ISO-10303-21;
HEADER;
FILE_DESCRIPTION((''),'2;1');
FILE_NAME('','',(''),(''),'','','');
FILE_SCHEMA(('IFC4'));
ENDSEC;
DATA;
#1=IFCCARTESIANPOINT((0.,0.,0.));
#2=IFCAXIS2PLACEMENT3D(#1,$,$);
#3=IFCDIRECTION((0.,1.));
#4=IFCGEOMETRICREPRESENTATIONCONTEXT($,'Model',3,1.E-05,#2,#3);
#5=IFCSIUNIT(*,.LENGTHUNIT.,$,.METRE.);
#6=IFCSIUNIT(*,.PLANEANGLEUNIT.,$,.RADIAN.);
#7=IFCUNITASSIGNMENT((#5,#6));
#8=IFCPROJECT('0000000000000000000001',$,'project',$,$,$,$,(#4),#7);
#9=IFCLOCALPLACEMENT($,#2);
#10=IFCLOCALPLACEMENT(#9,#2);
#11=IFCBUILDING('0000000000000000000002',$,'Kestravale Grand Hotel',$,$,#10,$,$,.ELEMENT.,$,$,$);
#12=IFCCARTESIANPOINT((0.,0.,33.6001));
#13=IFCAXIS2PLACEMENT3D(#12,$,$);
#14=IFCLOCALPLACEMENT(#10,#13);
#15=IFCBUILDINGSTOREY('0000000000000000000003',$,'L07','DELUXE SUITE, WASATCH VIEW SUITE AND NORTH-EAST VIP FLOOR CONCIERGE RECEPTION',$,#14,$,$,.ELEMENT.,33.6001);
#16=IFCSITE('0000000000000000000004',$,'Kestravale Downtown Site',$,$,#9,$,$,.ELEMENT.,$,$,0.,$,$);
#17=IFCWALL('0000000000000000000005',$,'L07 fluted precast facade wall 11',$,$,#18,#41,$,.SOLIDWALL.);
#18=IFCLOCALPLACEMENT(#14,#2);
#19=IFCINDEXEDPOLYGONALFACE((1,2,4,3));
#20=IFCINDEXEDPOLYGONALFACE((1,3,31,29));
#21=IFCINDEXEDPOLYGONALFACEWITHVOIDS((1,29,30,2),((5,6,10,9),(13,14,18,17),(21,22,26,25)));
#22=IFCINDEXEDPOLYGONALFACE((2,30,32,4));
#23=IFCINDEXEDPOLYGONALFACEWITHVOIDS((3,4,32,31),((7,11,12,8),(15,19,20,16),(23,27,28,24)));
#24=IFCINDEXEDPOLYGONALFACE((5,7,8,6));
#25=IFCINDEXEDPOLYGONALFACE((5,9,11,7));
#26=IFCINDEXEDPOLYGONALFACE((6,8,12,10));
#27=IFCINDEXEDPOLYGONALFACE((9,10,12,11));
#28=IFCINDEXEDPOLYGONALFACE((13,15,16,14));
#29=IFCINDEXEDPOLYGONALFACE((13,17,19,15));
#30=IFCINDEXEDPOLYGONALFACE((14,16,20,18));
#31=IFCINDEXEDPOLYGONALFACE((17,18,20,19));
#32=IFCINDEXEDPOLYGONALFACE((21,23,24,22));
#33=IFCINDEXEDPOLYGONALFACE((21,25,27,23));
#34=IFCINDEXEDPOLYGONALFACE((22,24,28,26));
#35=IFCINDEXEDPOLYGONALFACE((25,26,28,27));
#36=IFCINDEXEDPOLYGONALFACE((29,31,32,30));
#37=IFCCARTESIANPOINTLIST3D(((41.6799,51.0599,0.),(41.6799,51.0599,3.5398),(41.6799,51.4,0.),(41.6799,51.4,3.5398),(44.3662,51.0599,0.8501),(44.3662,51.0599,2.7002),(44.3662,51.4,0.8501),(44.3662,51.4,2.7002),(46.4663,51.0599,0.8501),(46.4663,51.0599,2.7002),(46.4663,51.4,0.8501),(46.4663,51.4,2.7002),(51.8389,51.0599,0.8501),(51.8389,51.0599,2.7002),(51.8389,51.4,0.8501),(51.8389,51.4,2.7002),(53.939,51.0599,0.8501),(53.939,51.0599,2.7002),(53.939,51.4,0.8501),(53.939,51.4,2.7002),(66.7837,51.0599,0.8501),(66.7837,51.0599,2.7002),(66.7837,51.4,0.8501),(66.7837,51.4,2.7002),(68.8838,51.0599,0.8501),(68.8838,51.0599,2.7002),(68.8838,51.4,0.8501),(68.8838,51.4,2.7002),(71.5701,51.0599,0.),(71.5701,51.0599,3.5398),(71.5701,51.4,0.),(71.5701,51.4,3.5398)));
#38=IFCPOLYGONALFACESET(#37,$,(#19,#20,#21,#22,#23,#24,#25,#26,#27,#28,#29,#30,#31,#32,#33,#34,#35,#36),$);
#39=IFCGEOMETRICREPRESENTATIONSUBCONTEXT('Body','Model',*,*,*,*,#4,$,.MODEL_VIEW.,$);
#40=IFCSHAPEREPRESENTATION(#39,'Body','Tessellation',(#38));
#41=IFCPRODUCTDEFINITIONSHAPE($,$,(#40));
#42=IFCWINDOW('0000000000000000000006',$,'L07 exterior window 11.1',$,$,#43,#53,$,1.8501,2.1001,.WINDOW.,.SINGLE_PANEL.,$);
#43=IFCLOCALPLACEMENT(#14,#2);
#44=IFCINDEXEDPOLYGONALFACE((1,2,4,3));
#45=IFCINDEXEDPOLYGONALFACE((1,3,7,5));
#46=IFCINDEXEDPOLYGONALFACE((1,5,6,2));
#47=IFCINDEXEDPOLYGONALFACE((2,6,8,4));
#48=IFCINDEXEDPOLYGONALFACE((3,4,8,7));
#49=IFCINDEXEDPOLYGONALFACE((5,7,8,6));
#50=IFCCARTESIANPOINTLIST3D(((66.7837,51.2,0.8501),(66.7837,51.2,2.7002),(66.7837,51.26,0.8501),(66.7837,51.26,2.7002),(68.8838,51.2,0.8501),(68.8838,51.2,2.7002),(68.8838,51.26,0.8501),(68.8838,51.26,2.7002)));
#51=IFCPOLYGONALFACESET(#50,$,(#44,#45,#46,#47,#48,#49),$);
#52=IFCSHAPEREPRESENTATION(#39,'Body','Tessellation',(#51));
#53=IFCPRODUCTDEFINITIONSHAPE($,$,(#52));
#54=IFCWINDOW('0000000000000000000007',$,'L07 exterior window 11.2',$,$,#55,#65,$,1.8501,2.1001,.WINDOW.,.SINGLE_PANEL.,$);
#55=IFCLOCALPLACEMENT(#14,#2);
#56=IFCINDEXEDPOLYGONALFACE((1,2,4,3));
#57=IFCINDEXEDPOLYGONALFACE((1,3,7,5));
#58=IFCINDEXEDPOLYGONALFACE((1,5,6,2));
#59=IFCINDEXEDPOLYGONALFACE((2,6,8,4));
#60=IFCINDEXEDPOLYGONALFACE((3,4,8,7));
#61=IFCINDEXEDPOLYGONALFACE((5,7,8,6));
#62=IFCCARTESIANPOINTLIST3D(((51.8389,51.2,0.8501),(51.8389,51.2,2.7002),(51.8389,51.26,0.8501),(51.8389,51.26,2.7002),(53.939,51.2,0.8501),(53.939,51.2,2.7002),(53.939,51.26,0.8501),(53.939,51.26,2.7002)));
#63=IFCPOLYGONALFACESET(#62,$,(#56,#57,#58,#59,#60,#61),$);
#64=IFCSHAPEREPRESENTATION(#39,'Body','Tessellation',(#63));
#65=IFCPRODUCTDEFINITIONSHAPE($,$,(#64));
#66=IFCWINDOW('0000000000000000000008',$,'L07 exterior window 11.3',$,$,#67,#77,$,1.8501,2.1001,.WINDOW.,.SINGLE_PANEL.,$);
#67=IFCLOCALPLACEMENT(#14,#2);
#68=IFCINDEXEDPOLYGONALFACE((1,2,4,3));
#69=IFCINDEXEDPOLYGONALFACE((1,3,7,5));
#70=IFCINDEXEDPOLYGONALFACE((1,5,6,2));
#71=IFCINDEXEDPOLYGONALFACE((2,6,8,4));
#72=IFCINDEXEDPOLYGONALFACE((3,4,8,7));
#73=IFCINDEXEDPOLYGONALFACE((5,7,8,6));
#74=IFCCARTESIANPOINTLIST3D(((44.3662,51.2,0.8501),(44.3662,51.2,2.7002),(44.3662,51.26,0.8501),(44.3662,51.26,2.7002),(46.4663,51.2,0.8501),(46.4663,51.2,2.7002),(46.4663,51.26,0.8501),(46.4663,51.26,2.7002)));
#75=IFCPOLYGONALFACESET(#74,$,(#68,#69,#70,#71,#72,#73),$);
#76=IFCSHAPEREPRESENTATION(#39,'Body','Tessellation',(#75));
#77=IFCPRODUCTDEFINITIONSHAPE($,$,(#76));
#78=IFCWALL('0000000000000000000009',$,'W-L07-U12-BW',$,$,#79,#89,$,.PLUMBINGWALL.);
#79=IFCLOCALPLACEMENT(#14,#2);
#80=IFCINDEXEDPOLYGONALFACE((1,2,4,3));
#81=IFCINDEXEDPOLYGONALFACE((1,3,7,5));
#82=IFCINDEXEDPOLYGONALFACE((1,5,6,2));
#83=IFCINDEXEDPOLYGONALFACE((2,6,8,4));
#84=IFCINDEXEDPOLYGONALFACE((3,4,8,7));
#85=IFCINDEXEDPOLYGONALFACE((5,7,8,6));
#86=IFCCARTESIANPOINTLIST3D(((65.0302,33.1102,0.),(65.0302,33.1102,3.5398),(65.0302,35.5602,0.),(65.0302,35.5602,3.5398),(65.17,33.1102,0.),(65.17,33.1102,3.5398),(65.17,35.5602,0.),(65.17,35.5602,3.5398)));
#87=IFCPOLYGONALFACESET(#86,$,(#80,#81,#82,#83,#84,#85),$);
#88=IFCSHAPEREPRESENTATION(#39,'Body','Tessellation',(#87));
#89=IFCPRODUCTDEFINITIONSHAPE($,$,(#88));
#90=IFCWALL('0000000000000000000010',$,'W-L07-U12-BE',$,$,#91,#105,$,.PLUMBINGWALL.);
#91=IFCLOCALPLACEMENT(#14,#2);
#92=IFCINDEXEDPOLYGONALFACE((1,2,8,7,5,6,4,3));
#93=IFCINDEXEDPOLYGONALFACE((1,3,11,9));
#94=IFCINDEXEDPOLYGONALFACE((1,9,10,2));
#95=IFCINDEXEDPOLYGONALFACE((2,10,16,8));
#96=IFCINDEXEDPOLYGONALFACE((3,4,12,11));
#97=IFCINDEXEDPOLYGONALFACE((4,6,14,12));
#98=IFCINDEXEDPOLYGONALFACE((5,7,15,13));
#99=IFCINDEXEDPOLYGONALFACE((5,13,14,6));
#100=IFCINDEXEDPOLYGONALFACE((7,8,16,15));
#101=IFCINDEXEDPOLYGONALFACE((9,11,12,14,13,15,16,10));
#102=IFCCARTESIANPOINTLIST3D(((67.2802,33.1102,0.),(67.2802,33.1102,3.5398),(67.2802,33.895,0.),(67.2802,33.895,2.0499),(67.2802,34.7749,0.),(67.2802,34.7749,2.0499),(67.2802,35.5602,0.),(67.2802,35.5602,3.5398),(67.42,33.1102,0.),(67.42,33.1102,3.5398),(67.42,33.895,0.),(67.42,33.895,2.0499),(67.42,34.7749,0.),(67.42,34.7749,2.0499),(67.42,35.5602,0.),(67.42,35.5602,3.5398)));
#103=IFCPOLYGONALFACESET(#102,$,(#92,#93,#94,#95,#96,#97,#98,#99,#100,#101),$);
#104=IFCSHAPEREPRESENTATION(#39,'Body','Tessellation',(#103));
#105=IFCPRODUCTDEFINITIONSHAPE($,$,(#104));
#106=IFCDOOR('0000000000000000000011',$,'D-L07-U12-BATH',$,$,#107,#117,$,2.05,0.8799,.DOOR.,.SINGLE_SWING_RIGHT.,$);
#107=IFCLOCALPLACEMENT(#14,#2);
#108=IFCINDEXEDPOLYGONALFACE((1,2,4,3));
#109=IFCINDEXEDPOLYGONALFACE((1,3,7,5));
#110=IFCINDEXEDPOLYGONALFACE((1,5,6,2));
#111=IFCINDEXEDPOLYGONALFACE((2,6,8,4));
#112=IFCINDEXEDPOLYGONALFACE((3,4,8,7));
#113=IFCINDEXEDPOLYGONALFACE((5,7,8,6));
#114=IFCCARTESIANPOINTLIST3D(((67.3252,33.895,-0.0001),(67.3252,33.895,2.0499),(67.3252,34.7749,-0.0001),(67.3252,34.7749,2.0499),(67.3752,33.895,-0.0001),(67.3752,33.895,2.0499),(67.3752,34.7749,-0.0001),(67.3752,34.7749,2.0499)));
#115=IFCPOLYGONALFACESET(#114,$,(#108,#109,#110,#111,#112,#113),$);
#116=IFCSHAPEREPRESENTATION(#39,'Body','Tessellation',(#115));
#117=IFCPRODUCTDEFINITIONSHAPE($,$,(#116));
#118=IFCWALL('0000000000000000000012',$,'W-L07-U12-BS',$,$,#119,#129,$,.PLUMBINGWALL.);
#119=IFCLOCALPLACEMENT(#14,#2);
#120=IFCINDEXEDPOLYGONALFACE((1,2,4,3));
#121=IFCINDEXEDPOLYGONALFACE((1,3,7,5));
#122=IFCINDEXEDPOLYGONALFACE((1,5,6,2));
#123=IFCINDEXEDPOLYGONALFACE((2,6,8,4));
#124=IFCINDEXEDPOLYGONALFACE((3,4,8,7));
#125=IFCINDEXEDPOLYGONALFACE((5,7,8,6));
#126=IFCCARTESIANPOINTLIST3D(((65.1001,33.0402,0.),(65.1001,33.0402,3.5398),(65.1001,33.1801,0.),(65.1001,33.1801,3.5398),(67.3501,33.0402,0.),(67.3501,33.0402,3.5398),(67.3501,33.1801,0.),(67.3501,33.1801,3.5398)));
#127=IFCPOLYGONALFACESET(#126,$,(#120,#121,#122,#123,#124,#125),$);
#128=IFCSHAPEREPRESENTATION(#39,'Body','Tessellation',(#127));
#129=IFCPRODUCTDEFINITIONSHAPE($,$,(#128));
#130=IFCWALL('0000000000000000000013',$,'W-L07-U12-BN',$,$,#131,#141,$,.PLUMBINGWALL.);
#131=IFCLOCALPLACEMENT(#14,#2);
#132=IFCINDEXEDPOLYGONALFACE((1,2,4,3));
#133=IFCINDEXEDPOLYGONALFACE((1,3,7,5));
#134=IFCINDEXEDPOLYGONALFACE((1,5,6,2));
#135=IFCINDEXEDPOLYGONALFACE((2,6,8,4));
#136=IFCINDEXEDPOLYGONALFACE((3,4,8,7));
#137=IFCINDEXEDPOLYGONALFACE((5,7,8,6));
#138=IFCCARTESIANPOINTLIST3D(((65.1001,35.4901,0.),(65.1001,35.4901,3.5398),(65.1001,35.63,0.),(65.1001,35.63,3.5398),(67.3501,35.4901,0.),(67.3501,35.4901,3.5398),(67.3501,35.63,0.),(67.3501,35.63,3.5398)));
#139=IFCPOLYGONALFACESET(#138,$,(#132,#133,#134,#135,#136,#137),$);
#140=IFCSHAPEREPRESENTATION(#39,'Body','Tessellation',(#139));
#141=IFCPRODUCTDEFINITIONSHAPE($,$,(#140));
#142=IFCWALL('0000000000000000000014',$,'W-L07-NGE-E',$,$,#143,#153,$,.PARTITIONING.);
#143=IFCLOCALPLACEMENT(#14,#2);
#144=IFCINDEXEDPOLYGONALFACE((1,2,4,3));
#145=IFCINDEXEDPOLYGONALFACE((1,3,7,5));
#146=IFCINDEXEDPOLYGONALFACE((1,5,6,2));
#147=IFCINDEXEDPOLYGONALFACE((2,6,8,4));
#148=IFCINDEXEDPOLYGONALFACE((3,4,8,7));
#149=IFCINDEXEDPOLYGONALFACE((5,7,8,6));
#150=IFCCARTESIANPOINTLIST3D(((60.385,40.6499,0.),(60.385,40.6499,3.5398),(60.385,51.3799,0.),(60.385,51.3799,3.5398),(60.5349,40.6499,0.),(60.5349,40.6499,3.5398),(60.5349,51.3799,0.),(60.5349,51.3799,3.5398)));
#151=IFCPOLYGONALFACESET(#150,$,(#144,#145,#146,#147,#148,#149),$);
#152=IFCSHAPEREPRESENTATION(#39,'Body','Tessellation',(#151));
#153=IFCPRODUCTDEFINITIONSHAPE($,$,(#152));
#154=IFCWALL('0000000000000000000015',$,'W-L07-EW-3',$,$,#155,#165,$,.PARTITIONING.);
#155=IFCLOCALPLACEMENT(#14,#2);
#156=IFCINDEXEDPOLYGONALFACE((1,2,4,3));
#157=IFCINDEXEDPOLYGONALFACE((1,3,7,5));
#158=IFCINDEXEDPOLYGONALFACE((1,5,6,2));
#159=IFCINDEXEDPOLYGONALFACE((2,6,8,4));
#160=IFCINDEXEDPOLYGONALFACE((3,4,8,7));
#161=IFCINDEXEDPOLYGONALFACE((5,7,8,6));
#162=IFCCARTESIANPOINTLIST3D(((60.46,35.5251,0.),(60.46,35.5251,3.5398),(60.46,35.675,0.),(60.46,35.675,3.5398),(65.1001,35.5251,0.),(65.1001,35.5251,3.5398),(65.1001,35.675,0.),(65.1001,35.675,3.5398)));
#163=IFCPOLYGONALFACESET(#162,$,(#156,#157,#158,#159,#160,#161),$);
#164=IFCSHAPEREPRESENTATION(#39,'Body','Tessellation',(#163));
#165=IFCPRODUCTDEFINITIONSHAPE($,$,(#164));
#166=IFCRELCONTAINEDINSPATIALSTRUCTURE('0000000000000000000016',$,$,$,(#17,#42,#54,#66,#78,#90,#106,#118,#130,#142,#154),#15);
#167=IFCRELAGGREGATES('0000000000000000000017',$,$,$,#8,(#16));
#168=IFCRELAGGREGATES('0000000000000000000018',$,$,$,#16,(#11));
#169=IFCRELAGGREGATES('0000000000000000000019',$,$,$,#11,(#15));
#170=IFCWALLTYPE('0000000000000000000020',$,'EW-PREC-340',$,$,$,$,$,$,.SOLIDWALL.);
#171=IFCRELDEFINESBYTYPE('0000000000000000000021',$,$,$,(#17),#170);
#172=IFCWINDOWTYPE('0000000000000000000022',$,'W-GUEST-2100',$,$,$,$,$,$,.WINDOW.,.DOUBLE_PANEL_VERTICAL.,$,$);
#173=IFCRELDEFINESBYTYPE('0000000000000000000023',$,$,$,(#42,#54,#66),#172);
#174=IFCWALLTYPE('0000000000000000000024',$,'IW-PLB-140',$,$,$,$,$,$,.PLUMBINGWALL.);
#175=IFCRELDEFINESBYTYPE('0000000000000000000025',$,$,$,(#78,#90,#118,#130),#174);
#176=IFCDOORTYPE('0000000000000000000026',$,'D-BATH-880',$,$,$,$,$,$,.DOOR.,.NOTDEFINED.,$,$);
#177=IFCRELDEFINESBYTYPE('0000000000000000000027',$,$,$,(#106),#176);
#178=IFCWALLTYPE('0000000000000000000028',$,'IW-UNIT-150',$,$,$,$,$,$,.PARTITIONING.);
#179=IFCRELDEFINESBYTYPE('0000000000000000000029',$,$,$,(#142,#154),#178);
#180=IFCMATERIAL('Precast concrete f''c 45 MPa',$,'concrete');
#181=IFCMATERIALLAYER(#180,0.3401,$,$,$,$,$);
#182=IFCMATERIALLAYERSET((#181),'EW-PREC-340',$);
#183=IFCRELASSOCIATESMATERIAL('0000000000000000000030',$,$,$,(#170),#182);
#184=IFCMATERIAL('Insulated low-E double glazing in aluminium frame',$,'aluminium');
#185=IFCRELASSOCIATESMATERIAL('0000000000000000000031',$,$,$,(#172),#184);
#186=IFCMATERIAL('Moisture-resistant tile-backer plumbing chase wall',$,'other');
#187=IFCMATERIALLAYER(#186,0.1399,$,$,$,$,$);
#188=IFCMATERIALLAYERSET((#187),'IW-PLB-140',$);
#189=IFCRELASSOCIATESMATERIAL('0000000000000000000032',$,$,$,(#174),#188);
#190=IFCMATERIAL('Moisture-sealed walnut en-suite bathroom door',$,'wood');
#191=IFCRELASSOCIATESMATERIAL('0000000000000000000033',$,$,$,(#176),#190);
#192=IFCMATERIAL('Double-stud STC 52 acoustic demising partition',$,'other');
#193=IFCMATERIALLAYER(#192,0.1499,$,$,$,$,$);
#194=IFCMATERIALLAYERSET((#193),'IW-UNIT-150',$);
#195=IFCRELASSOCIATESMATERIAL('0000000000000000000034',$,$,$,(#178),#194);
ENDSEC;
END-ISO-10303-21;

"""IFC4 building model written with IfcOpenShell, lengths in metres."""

from ifc_helpers import new_model, si_unit, direction, frame, frame_2d, origin, place, context, subcontext, project, spatial, rectangle, extrude, material, layer, layer_set, type_object, element, fill, save


model = new_model("IFC4")

# Units and contexts
model_context = context("Model", 3, precision=1e-05, world=origin(), true_north=direction((0.0, 1.0)))
body_context = subcontext(model_context, "Body", "Model", "MODEL_VIEW")
ifc_project = project(units=[si_unit("LENGTHUNIT", "METRE"), si_unit("PLANEANGLEUNIT", "RADIAN")], contexts=[model_context])

# Site, building, storey
site_placement = place(None, origin())
site = spatial("IfcSite", under=ifc_project, at=site_placement, Name="Kestravale Downtown Site", CompositionType="ELEMENT", RefElevation=0.0)
building_placement = place(site_placement, origin())
building = spatial("IfcBuilding", under=site, at=building_placement, Name="Kestravale Grand Hotel", CompositionType="ELEMENT")
storey_placement = place(building_placement, frame((0.0, 0.0, 33.6001)))
storey = spatial("IfcBuildingStorey", under=building, at=storey_placement, Name="L07", Description="DELUXE SUITE, WASATCH VIEW SUITE AND NORTH-EAST VIP FLOOR CONCIERGE RECEPTION", CompositionType="ELEMENT", Elevation=33.6001)

# Shared definitions
ifc_material_1 = material(Name="Precast concrete f'c 45 MPa", Category="concrete")
ifc_layer_1 = layer(ifc_material_1, 0.3401)
ifc_layer_set_1 = layer_set([ifc_layer_1], Name="EW-PREC-340")
wall_type_1 = type_object("IfcWallType", Name="EW-PREC-340", PredefinedType="SOLIDWALL", material=ifc_layer_set_1)
ifc_material_2 = material(Name="Insulated low-E double glazing in aluminium frame", Category="aluminium")
window_type = type_object("IfcWindowType", Name="W-GUEST-2100", PartitioningType="DOUBLE_PANEL_VERTICAL", PredefinedType="WINDOW", material=ifc_material_2)

# Wall, openings, windows
wall_1_placement = place(storey_placement, frame((71.5701, 51.23, 0.0), z_axis=(0.0, 0.0, 1.0), x_axis=(-1.0, 0.0, 0.0)))
wall_1 = element("IfcWall", 1, at=wall_1_placement, inside=storey, type_object=wall_type_1, Name="L07 fluted precast facade wall 11", PredefinedType="SOLIDWALL", context=body_context, shape_type="SweptSolid", body=[
    extrude(rectangle(XDim=29.8901, YDim=0.3401, at=frame_2d((14.9451, 0.0))), origin(), (0.0, 0.0, 1.0), 3.5398),
])
opening_1_placement = place(wall_1_placement, frame((2.6863, 0.0, 0.8501)))
opening_1 = element("IfcOpeningElement", 2, at=opening_1_placement, cuts=wall_1, PredefinedType="OPENING", context=body_context, shape_type="SweptSolid", body=[
    extrude(rectangle(XDim=2.1001, YDim=1.8501, at=frame_2d((1.05, 0.925))), frame((0.0, 0.1799, 0.0), z_axis=(0.0, -1.0, 0.0), x_axis=(1.0, 0.0, 0.0)), (0.0, 0.0, 1.0), 0.3601),
])
opening_2_placement = place(wall_1_placement, frame((17.6311, 0.0, 0.8501)))
opening_2 = element("IfcOpeningElement", 3, at=opening_2_placement, cuts=wall_1, PredefinedType="OPENING", context=body_context, shape_type="SweptSolid", body=[
    extrude(rectangle(XDim=2.1001, YDim=1.8501, at=frame_2d((1.05, 0.925))), frame((0.0, 0.1799, 0.0), z_axis=(0.0, -1.0, 0.0), x_axis=(1.0, 0.0, 0.0)), (0.0, 0.0, 1.0), 0.3601),
])
opening_3_placement = place(wall_1_placement, frame((25.1038, 0.0, 0.8501)))
opening_3 = element("IfcOpeningElement", 4, at=opening_3_placement, cuts=wall_1, PredefinedType="OPENING", context=body_context, shape_type="SweptSolid", body=[
    extrude(rectangle(XDim=2.1001, YDim=1.8501, at=frame_2d((1.05, 0.925))), frame((0.0, 0.1799, 0.0), z_axis=(0.0, -1.0, 0.0), x_axis=(1.0, 0.0, 0.0)), (0.0, 0.0, 1.0), 0.3601),
])
window_1_placement = place(opening_1_placement, origin())
window_1 = element("IfcWindow", 5, at=window_1_placement, inside=storey, type_object=window_type, Name="L07 exterior window 11.1", OverallHeight=1.8501, OverallWidth=2.1001, PartitioningType="SINGLE_PANEL", PredefinedType="WINDOW", context=body_context, shape_type="SweptSolid", body=[
    extrude(rectangle(XDim=2.1001, YDim=1.8501, at=frame_2d((1.05, 0.925))), frame((0.0, 0.03, 0.0), z_axis=(0.0, -1.0, 0.0), x_axis=(1.0, 0.0, 0.0)), (0.0, 0.0, 1.0), 0.0601),
])
fill(opening_1, window_1)
window_2_placement = place(opening_2_placement, origin())
window_2 = element("IfcWindow", 6, at=window_2_placement, inside=storey, type_object=window_type, Name="L07 exterior window 11.2", OverallHeight=1.8501, OverallWidth=2.1001, PartitioningType="SINGLE_PANEL", PredefinedType="WINDOW", context=body_context, shape_type="SweptSolid", body=[
    extrude(rectangle(XDim=2.1001, YDim=1.8501, at=frame_2d((1.05, 0.925))), frame((0.0, 0.03, 0.0), z_axis=(0.0, -1.0, 0.0), x_axis=(1.0, 0.0, 0.0)), (0.0, 0.0, 1.0), 0.0601),
])
fill(opening_2, window_2)
window_3_placement = place(opening_3_placement, origin())
window_3 = element("IfcWindow", 7, at=window_3_placement, inside=storey, type_object=window_type, Name="L07 exterior window 11.3", OverallHeight=1.8501, OverallWidth=2.1001, PartitioningType="SINGLE_PANEL", PredefinedType="WINDOW", context=body_context, shape_type="SweptSolid", body=[
    extrude(rectangle(XDim=2.1001, YDim=1.8501, at=frame_2d((1.05, 0.925))), frame((0.0, 0.03, 0.0), z_axis=(0.0, -1.0, 0.0), x_axis=(1.0, 0.0, 0.0)), (0.0, 0.0, 1.0), 0.0601),
])
fill(opening_3, window_3)

# Wall
ifc_material_3 = material(Name="Moisture-resistant tile-backer plumbing chase wall", Category="other")
ifc_layer_2 = layer(ifc_material_3, 0.1399)
ifc_layer_set_2 = layer_set([ifc_layer_2], Name="IW-PLB-140")
wall_type_2 = type_object("IfcWallType", Name="IW-PLB-140", PredefinedType="PLUMBINGWALL", material=ifc_layer_set_2)
wall_2_placement = place(storey_placement, frame((65.1001, 33.1101, 0.0), z_axis=(0.0, 0.0, 1.0), x_axis=(0.0, 1.0, 0.0)))
element("IfcWall", 8, at=wall_2_placement, inside=storey, type_object=wall_type_2, Name="W-L07-U12-BW", PredefinedType="PLUMBINGWALL", context=body_context, shape_type="SweptSolid", body=[
    extrude(rectangle(XDim=2.45, YDim=0.1399, at=frame_2d((1.2251, 0.0))), origin(), (0.0, 0.0, 1.0), 3.5398),
])

# Wall, opening, door
wall_3_placement = place(storey_placement, frame((67.3501, 33.1101, 0.0), z_axis=(0.0, 0.0, 1.0), x_axis=(0.0, 1.0, 0.0)))
wall_3 = element("IfcWall", 9, at=wall_3_placement, inside=storey, type_object=wall_type_2, Name="W-L07-U12-BE", PredefinedType="PLUMBINGWALL", context=body_context, shape_type="SweptSolid", body=[
    extrude(rectangle(XDim=2.45, YDim=0.1399, at=frame_2d((1.2251, 0.0))), origin(), (0.0, 0.0, 1.0), 3.5398),
])
opening_4_placement = place(wall_3_placement, frame((0.7849, 0.0, 0.0)))
opening_4 = element("IfcOpeningElement", 10, at=opening_4_placement, cuts=wall_3, PredefinedType="OPENING", context=body_context, shape_type="SweptSolid", body=[
    extrude(rectangle(XDim=0.8799, YDim=2.05, at=frame_2d((0.4399, 1.0249))), frame((0.0, 0.0798, 0.0), z_axis=(0.0, -1.0, 0.0), x_axis=(1.0, 0.0, 0.0)), (0.0, 0.0, 1.0), 0.1599),
])
ifc_material_4 = material(Name="Moisture-sealed walnut en-suite bathroom door", Category="wood")
door_type = type_object("IfcDoorType", Name="D-BATH-880", OperationType="NOTDEFINED", PredefinedType="DOOR", material=ifc_material_4)
door_placement = place(opening_4_placement, origin())
door = element("IfcDoor", 11, at=door_placement, inside=storey, type_object=door_type, Name="D-L07-U12-BATH", OperationType="SINGLE_SWING_RIGHT", OverallHeight=2.05, OverallWidth=0.8799, PredefinedType="DOOR", context=body_context, shape_type="SweptSolid", body=[
    extrude(rectangle(XDim=0.8799, YDim=2.05, at=frame_2d((0.4399, 1.0249))), frame((0.0, 0.0249, 0.0), z_axis=(0.0, -1.0, 0.0), x_axis=(1.0, 0.0, 0.0)), (0.0, 0.0, 1.0), 0.05),
])
fill(opening_4, door)

# Walls
for number, where, z_axis, x_axis, name in (
    (12, (65.1001, 33.1101, 0.0), (0.0, 0.0, 1.0), (1.0, 0.0, 0.0), "W-L07-U12-BS"),
    (13, (65.1001, 35.5601, 0.0), (0.0, 0.0, 1.0), (1.0, 0.0, 0.0), "W-L07-U12-BN"),
):
    element("IfcWall", number, at=place(storey_placement, frame(where, z_axis=z_axis, x_axis=x_axis)), inside=storey, type_object=wall_type_2, Name=name, PredefinedType="PLUMBINGWALL", context=body_context, shape_type="SweptSolid", body=[
        extrude(rectangle(XDim=2.25, YDim=0.1399, at=frame_2d((1.125, 0.0))), origin(), (0.0, 0.0, 1.0), 3.5398),
    ])
ifc_material_5 = material(Name="Double-stud STC 52 acoustic demising partition", Category="other")
ifc_layer_3 = layer(ifc_material_5, 0.1499)
ifc_layer_set_3 = layer_set([ifc_layer_3], Name="IW-UNIT-150")
wall_type_3 = type_object("IfcWallType", Name="IW-UNIT-150", PredefinedType="PARTITIONING", material=ifc_layer_set_3)
wall_4_placement = place(storey_placement, frame((60.46, 40.6499, 0.0), z_axis=(0.0, 0.0, 1.0), x_axis=(0.0, 1.0, 0.0)))
element("IfcWall", 14, at=wall_4_placement, inside=storey, type_object=wall_type_3, Name="W-L07-NGE-E", PredefinedType="PARTITIONING", context=body_context, shape_type="SweptSolid", body=[
    extrude(rectangle(XDim=10.73, YDim=0.1499, at=frame_2d((5.365, 0.0))), origin(), (0.0, 0.0, 1.0), 3.5398),
])
wall_5_placement = place(storey_placement, frame((60.46, 35.6001, 0.0), z_axis=(0.0, 0.0, 1.0), x_axis=(1.0, 0.0, 0.0)))
element("IfcWall", 15, at=wall_5_placement, inside=storey, type_object=wall_type_3, Name="W-L07-EW-3", PredefinedType="PARTITIONING", context=body_context, shape_type="SweptSolid", body=[
    extrude(rectangle(XDim=4.6401, YDim=0.1499, at=frame_2d((2.3201, 0.0))), origin(), (0.0, 0.0, 1.0), 3.5398),
])

save(model, "model.ifc")
